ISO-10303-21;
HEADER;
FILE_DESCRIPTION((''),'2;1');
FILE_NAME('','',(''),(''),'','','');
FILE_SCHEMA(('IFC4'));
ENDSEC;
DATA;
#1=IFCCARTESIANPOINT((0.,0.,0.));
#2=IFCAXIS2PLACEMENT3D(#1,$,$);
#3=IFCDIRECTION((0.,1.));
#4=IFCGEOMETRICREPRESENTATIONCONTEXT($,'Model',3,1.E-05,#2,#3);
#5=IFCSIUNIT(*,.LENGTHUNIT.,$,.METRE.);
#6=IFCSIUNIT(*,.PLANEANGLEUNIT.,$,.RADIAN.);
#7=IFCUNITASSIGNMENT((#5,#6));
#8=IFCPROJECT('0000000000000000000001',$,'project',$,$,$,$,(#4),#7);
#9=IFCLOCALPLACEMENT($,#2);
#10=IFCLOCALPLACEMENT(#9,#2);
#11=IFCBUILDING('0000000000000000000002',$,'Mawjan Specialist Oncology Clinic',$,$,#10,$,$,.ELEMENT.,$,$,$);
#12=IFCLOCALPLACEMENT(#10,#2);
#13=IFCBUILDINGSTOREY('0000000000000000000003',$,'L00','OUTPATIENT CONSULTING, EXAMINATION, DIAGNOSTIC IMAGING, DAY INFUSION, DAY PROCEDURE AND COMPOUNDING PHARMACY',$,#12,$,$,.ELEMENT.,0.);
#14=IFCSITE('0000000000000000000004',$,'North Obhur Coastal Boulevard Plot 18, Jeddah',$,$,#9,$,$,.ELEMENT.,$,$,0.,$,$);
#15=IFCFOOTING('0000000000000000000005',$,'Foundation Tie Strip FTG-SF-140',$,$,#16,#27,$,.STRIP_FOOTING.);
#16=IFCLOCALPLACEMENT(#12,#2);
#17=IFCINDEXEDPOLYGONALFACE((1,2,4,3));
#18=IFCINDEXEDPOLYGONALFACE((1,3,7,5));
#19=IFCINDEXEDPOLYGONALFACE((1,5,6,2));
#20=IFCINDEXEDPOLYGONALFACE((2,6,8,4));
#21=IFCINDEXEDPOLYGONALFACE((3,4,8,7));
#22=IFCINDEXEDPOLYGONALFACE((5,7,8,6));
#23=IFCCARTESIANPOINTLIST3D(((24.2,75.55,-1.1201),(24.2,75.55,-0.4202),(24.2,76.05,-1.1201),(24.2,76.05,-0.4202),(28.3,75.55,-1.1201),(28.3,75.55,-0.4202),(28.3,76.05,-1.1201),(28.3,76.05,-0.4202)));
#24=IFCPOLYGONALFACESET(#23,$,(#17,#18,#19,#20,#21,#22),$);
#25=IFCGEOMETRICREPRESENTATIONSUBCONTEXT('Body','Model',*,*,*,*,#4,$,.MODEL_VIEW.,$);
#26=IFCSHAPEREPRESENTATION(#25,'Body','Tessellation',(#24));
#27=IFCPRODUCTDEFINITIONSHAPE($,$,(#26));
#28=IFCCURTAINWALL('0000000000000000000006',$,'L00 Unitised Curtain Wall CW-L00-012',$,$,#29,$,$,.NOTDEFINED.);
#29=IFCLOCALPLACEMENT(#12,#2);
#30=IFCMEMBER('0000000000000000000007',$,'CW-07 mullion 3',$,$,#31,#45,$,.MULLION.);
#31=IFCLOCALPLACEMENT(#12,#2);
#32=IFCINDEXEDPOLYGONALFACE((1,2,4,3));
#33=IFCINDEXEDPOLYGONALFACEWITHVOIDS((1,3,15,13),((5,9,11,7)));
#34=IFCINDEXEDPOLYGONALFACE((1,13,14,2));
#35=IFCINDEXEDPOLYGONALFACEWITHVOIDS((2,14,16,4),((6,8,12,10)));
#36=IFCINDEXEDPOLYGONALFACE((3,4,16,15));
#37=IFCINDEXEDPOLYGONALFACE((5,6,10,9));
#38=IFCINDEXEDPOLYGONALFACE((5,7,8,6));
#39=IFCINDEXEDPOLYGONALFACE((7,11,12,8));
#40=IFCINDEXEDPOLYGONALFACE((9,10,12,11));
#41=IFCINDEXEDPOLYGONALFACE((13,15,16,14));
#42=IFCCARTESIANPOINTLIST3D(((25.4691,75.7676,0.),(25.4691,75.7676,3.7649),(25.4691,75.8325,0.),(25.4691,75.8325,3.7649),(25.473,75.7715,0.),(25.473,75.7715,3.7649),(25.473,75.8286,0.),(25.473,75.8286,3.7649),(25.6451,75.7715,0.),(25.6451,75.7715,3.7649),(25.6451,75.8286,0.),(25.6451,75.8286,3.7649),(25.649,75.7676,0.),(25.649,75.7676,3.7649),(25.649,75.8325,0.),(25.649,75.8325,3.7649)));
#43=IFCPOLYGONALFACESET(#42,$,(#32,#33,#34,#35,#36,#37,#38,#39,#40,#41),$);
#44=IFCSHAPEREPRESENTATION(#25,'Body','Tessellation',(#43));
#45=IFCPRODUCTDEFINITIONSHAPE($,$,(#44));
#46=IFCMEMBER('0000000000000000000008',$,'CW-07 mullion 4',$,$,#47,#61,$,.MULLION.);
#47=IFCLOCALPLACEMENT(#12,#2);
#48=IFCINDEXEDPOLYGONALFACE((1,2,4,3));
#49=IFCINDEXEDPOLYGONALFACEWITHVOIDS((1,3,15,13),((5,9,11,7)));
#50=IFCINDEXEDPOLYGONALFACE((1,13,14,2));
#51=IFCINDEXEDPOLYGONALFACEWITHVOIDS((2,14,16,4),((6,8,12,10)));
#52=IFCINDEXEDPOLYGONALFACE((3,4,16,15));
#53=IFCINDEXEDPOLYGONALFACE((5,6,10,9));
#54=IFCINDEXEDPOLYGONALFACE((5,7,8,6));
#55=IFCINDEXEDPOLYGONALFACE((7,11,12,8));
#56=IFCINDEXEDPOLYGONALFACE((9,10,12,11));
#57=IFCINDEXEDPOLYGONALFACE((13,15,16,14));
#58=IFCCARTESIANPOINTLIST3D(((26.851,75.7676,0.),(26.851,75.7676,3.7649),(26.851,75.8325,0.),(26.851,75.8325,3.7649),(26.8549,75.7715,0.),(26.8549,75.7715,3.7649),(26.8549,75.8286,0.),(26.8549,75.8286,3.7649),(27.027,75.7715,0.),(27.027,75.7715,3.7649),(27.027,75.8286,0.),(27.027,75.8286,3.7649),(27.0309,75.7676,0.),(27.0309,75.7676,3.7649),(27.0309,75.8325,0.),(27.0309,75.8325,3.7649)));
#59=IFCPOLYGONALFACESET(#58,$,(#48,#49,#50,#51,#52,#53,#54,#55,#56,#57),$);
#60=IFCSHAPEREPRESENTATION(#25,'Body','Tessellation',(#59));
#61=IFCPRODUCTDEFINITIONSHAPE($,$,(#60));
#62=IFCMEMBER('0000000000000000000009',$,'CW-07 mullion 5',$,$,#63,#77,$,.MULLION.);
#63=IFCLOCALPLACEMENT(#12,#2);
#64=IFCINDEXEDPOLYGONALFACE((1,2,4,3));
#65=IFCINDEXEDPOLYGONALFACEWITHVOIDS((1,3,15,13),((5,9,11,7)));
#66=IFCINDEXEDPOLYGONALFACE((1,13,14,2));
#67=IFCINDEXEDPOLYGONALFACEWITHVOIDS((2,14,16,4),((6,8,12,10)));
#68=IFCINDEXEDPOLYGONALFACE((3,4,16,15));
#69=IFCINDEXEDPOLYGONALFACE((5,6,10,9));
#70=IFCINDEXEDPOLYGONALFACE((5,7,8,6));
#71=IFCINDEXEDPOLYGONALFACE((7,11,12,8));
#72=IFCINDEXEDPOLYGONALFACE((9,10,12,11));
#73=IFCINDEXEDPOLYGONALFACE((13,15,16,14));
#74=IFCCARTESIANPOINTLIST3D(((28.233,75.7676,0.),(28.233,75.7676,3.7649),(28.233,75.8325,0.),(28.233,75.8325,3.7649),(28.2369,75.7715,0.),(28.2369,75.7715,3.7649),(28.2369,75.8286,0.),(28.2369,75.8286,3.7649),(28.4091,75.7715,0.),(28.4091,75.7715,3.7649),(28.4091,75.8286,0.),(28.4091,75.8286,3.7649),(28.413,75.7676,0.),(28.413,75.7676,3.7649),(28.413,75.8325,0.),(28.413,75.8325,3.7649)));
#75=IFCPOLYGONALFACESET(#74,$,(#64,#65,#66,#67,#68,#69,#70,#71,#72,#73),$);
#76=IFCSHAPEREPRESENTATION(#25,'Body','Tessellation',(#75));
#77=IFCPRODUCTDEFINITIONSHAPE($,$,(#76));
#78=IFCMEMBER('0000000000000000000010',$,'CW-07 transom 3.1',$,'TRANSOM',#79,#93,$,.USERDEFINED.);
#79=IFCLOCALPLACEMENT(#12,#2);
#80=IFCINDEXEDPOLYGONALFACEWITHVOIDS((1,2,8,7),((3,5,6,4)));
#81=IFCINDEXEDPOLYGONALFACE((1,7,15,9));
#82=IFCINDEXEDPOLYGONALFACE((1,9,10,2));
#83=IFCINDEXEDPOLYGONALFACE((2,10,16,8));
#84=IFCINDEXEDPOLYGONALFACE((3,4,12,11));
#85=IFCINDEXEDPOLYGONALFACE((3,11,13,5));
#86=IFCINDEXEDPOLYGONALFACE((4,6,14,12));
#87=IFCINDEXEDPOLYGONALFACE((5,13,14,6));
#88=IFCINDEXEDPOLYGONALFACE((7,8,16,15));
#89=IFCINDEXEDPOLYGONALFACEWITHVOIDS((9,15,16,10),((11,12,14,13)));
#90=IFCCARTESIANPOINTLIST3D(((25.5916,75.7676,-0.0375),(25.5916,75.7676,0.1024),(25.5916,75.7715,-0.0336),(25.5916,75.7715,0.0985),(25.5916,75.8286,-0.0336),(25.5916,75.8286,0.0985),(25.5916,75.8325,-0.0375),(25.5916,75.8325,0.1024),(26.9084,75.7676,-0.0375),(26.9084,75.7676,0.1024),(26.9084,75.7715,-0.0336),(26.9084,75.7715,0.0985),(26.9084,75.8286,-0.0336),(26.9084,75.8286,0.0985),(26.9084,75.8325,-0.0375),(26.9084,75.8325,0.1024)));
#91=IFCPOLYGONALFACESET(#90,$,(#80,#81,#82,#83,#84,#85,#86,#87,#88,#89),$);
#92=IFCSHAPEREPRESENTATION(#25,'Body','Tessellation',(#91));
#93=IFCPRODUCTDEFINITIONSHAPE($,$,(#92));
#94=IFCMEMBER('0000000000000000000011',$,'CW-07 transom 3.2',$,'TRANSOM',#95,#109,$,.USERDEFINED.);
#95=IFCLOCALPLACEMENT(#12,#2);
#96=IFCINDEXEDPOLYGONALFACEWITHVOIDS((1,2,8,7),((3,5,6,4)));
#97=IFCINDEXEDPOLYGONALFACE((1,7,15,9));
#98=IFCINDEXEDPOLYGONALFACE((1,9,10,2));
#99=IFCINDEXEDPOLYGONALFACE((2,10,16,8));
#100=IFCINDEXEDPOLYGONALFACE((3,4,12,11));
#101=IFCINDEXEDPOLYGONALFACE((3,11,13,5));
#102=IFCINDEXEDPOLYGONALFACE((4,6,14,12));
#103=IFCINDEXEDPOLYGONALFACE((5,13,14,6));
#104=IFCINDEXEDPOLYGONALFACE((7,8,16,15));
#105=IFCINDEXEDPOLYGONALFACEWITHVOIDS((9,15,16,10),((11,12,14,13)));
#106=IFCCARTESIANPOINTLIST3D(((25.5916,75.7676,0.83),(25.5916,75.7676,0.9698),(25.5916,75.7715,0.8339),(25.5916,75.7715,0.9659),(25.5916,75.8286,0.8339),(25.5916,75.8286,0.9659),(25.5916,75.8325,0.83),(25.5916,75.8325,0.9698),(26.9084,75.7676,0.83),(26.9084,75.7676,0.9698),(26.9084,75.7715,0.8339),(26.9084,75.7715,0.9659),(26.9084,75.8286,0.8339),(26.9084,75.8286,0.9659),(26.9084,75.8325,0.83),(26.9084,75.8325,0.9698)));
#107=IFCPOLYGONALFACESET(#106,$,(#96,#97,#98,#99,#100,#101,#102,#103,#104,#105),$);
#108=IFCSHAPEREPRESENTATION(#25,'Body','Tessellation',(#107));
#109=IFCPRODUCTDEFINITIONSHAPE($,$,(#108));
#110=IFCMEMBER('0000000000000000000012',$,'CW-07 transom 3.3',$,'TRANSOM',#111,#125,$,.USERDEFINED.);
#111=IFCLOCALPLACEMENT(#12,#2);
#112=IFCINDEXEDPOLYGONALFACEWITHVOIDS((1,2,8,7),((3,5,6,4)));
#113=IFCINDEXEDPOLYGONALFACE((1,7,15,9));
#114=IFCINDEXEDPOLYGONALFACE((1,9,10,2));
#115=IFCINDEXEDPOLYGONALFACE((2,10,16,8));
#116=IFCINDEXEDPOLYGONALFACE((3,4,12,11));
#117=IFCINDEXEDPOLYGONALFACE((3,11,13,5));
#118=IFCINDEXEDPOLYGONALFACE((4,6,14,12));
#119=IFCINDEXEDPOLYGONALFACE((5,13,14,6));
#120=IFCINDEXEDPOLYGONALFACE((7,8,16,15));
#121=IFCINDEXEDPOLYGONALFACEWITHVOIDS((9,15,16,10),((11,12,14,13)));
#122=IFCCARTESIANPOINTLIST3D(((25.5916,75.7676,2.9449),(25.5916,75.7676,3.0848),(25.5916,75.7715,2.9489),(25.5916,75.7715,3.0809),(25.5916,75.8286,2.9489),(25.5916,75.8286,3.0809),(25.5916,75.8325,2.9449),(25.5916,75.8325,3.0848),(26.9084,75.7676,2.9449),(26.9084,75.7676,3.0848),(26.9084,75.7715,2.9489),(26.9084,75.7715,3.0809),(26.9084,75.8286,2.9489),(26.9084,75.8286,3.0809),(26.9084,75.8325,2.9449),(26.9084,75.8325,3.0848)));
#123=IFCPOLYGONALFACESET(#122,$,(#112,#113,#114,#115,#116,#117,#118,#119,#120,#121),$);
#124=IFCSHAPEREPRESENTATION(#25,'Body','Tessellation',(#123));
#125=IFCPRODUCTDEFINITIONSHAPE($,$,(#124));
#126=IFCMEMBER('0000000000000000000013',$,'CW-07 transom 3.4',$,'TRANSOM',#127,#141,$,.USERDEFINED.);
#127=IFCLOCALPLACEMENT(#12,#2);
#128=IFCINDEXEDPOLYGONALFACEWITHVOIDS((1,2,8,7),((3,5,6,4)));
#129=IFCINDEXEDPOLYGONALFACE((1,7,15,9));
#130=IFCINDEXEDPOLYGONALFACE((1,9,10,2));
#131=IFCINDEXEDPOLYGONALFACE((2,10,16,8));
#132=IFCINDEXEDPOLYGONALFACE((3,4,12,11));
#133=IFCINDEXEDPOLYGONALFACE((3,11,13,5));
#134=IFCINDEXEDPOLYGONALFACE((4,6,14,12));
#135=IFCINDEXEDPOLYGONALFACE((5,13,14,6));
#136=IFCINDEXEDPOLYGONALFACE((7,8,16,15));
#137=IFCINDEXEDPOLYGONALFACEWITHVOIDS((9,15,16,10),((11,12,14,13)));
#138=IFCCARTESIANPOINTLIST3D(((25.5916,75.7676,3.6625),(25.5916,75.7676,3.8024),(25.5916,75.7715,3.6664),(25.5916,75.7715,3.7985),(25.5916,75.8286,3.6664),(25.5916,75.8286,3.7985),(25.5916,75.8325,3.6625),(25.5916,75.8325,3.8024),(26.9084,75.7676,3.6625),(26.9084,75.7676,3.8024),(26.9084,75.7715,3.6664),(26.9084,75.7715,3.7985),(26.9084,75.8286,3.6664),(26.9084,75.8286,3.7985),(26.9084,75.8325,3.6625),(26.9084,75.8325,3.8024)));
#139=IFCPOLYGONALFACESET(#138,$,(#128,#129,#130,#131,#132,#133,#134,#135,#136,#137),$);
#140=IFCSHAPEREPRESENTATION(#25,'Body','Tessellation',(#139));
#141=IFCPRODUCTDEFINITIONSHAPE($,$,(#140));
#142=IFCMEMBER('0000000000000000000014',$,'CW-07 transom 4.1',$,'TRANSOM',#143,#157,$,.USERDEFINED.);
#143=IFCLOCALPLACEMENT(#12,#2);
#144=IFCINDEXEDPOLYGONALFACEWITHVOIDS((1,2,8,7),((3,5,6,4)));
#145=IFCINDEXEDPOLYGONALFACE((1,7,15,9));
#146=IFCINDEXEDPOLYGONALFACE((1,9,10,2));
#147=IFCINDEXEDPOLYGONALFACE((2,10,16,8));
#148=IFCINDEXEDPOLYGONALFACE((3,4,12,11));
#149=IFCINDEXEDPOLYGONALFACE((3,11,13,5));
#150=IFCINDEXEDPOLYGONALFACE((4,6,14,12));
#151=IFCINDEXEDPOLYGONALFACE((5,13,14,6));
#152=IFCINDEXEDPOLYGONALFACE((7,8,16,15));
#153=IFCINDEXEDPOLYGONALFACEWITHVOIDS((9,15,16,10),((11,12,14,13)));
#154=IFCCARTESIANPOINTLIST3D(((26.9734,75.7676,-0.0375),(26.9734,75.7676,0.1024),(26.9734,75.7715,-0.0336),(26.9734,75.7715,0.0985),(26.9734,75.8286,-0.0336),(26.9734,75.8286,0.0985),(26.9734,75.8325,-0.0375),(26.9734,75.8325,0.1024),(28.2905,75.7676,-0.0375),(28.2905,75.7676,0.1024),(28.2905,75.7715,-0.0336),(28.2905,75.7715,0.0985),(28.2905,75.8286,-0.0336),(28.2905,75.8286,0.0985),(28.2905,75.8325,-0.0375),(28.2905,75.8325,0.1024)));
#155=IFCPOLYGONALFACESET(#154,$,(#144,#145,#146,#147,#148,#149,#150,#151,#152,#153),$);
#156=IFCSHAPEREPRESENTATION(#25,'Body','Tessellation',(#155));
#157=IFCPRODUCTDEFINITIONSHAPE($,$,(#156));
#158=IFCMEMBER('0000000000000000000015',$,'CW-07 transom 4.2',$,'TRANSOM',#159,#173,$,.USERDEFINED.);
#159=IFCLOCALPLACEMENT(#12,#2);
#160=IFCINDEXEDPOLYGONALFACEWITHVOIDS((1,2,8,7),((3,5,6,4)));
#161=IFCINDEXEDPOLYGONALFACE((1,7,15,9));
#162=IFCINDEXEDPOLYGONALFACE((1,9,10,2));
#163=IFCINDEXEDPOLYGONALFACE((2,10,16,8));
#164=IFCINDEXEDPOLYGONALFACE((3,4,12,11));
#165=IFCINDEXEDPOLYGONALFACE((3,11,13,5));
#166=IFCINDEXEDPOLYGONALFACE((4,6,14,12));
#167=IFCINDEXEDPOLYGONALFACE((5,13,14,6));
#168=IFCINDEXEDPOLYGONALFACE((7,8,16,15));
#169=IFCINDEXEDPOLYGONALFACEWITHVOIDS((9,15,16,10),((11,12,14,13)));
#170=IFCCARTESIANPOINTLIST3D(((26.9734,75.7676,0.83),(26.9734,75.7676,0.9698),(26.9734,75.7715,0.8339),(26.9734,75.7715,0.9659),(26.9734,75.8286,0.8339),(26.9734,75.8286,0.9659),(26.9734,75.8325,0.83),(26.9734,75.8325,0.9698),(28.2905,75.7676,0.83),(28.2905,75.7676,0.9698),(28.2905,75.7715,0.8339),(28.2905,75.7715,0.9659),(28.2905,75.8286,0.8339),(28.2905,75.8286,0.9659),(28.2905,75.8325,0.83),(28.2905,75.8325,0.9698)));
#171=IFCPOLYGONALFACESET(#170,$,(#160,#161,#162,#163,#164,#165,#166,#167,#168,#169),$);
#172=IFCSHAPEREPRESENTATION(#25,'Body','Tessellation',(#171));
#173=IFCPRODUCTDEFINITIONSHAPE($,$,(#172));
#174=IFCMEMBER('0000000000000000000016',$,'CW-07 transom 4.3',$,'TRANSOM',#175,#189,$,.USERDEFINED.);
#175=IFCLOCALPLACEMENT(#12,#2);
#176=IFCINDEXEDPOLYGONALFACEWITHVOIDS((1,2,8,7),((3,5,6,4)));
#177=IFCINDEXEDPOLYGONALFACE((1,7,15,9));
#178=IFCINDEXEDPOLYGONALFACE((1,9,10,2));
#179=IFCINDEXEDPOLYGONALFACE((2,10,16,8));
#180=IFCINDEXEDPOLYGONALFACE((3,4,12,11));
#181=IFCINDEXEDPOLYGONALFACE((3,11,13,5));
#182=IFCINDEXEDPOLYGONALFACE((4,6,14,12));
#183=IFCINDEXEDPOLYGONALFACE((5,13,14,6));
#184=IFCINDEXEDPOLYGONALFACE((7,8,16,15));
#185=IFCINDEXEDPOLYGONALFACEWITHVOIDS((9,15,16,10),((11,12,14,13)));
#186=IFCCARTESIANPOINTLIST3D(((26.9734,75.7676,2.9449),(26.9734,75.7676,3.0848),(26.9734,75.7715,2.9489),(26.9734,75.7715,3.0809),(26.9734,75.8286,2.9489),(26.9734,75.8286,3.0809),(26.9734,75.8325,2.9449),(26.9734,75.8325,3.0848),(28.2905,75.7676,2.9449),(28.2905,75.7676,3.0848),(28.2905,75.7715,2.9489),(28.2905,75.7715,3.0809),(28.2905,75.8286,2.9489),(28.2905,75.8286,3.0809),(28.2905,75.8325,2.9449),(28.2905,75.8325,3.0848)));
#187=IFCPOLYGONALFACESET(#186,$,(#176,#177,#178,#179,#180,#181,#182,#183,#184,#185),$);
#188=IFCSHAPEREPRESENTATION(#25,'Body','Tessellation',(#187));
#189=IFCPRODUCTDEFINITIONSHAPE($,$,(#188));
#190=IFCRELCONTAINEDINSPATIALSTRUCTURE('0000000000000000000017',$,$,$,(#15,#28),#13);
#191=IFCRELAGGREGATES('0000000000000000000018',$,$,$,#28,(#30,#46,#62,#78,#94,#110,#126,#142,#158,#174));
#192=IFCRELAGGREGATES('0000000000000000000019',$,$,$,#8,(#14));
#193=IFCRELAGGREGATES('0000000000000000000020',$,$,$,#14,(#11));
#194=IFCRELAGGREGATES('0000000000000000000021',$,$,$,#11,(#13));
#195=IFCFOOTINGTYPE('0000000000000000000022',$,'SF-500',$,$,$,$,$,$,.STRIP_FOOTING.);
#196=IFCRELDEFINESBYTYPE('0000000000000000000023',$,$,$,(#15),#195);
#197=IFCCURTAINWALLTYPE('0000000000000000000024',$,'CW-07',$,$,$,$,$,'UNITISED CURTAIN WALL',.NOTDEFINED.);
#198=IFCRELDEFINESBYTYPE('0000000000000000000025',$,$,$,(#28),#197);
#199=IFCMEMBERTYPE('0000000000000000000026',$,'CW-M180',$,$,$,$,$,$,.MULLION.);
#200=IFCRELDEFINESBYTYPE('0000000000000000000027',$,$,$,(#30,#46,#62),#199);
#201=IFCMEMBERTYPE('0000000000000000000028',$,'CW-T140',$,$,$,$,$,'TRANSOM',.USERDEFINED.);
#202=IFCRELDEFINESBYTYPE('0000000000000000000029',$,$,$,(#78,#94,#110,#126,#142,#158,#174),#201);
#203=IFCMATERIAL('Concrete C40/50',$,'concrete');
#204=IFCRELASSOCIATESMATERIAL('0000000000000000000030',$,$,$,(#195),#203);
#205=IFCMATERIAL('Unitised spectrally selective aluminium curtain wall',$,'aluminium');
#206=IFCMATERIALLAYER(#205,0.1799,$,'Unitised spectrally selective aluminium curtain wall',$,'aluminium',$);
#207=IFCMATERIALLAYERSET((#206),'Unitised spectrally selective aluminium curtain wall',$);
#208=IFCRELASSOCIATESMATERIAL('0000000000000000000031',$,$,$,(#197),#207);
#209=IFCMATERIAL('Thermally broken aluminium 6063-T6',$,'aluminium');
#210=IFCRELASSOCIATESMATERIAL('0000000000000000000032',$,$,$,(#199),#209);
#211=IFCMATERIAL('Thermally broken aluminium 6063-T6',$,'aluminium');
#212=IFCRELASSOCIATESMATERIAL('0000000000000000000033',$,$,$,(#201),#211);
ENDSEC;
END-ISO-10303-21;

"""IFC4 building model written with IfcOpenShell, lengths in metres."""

from ifc_helpers import new_model, si_unit, direction, frame, origin, origin_2d, place, context, subcontext, project, spatial, rectangle, hollow_rectangle, extrude, material, layer, layer_set, material_profile, profile_set, type_object, element, aggregate, save


model = new_model("IFC4")

# Units and contexts
model_context = context("Model", 3, precision=1e-05, world=origin(), true_north=direction((0.0, 1.0)))
body_context = subcontext(model_context, "Body", "Model", "MODEL_VIEW")
ifc_project = project(units=[si_unit("LENGTHUNIT", "METRE"), si_unit("PLANEANGLEUNIT", "RADIAN")], contexts=[model_context])

# Site, building, storey
site_placement = place(None, origin())
site = spatial("IfcSite", under=ifc_project, at=site_placement, Name="North Obhur Coastal Boulevard Plot 18, Jeddah", CompositionType="ELEMENT", RefElevation=0.0)
building_placement = place(site_placement, origin())
building = spatial("IfcBuilding", under=site, at=building_placement, Name="Mawjan Specialist Oncology Clinic", CompositionType="ELEMENT")
storey_placement = place(building_placement, origin())
storey = spatial("IfcBuildingStorey", under=building, at=storey_placement, Name="L00", Description="OUTPATIENT CONSULTING, EXAMINATION, DIAGNOSTIC IMAGING, DAY INFUSION, DAY PROCEDURE AND COMPOUNDING PHARMACY", CompositionType="ELEMENT", Elevation=0.0)

# Footing
ifc_material_1 = material(Name="Concrete C40/50", Category="concrete")
footing_type = type_object("IfcFootingType", Name="SF-500", PredefinedType="STRIP_FOOTING", material=ifc_material_1)
footing_placement = place(storey_placement, frame((26.25, 75.8, -1.1201), z_axis=(0.0, 0.0, 1.0), x_axis=(1.0, 0.0, 0.0)))
element("IfcFooting", 1, at=footing_placement, inside=storey, type_object=footing_type, Name="Foundation Tie Strip FTG-SF-140", PredefinedType="STRIP_FOOTING", context=body_context, shape_type="SweptSolid", body=[
    extrude(rectangle(XDim=4.1001, YDim=0.5, at=origin_2d()), origin(), (0.0, 0.0, 1.0), 0.7),
])

# Curtain wall, members
ifc_material_2 = material(Name="Unitised spectrally selective aluminium curtain wall", Category="aluminium")
ifc_layer_1 = layer(ifc_material_2, 0.1799, Name="Unitised spectrally selective aluminium curtain wall", Category="aluminium")
ifc_layer_set_1 = layer_set([ifc_layer_1], Name="Unitised spectrally selective aluminium curtain wall")
curtain_wall_type = type_object("IfcCurtainWallType", Name="CW-07", ElementType="UNITISED CURTAIN WALL", PredefinedType="NOTDEFINED", material=ifc_layer_set_1)
curtain_wall_placement = place(storey_placement, origin())
curtain_wall = element("IfcCurtainWall", 2, at=curtain_wall_placement, inside=storey, type_object=curtain_wall_type, Name="L00 Unitised Curtain Wall CW-L00-012", PredefinedType="NOTDEFINED")
ifc_material_3 = material(Name="Thermally broken aluminium 6063-T6", Category="aluminium")
ifc_material_profile_1 = material_profile(ifc_material_3, hollow_rectangle(XDim=0.0649, YDim=0.1799, WallThickness=0.0039, at=origin_2d()), Name="ALU MULLION 180x65x4", Category="aluminium")
ifc_profile_set_1 = profile_set([ifc_material_profile_1], Name="Thermally broken aluminium 6063-T6")
member_type_1 = type_object("IfcMemberType", Name="CW-M180", PredefinedType="MULLION", material=ifc_profile_set_1)
member_1_placement = place(storey_placement, frame((25.5591, 75.8, 0.0), z_axis=(0.0, 0.0, 1.0), x_axis=(0.0, 1.0, 0.0)))
member_1 = element("IfcMember", 3, at=member_1_placement, type_object=member_type_1, Name="CW-07 mullion 3", PredefinedType="MULLION", context=body_context, shape_type="SweptSolid", body=[
    extrude(hollow_rectangle(XDim=0.0649, YDim=0.1799, WallThickness=0.0039, at=origin_2d()), origin(), (0.0, 0.0, 1.0), 3.7649),
])
member_2_placement = place(storey_placement, frame((26.9409, 75.8, 0.0), z_axis=(0.0, 0.0, 1.0), x_axis=(0.0, 1.0, 0.0)))
member_2 = element("IfcMember", 4, at=member_2_placement, type_object=member_type_1, Name="CW-07 mullion 4", PredefinedType="MULLION", context=body_context, shape_type="SweptSolid", body=[
    extrude(hollow_rectangle(XDim=0.0649, YDim=0.1799, WallThickness=0.0039, at=origin_2d()), origin(), (0.0, 0.0, 1.0), 3.7649),
])
member_3_placement = place(storey_placement, frame((28.323, 75.8, 0.0), z_axis=(0.0, 0.0, 1.0), x_axis=(0.0, 1.0, 0.0)))
member_3 = element("IfcMember", 5, at=member_3_placement, type_object=member_type_1, Name="CW-07 mullion 5", PredefinedType="MULLION", context=body_context, shape_type="SweptSolid", body=[
    extrude(hollow_rectangle(XDim=0.0649, YDim=0.1799, WallThickness=0.0039, at=origin_2d()), origin(), (0.0, 0.0, 1.0), 3.7649),
])
ifc_material_4 = material(Name="Thermally broken aluminium 6063-T6", Category="aluminium")
ifc_material_profile_2 = material_profile(ifc_material_4, hollow_rectangle(XDim=0.0649, YDim=0.1399, WallThickness=0.0039, at=origin_2d()), Name="ALU TRANSOM 140x65x4", Category="aluminium")
ifc_profile_set_2 = profile_set([ifc_material_profile_2], Name="Thermally broken aluminium 6063-T6")
member_type_2 = type_object("IfcMemberType", Name="CW-T140", ElementType="TRANSOM", PredefinedType="USERDEFINED", material=ifc_profile_set_2)
member_4_placement = place(storey_placement, frame((25.5916, 75.8, 0.0325), z_axis=(1.0, 0.0, 0.0), x_axis=(0.0, 1.0, 0.0)))
member_4 = element("IfcMember", 6, at=member_4_placement, type_object=member_type_2, Name="CW-07 transom 3.1", ObjectType="TRANSOM", PredefinedType="USERDEFINED", context=body_context, shape_type="SweptSolid", body=[
    extrude(hollow_rectangle(XDim=0.0649, YDim=0.1399, WallThickness=0.0039, at=origin_2d()), origin(), (0.0, 0.0, 1.0), 1.3169),
])
member_5_placement = place(storey_placement, frame((25.5916, 75.8, 0.8999), z_axis=(1.0, 0.0, 0.0), x_axis=(0.0, 1.0, 0.0)))
member_5 = element("IfcMember", 7, at=member_5_placement, type_object=member_type_2, Name="CW-07 transom 3.2", ObjectType="TRANSOM", PredefinedType="USERDEFINED", context=body_context, shape_type="SweptSolid", body=[
    extrude(hollow_rectangle(XDim=0.0649, YDim=0.1399, WallThickness=0.0039, at=origin_2d()), origin(), (0.0, 0.0, 1.0), 1.3169),
])
member_6_placement = place(storey_placement, frame((25.5916, 75.8, 3.0149), z_axis=(1.0, 0.0, 0.0), x_axis=(0.0, 1.0, 0.0)))
member_6 = element("IfcMember", 8, at=member_6_placement, type_object=member_type_2, Name="CW-07 transom 3.3", ObjectType="TRANSOM", PredefinedType="USERDEFINED", context=body_context, shape_type="SweptSolid", body=[
    extrude(hollow_rectangle(XDim=0.0649, YDim=0.1399, WallThickness=0.0039, at=origin_2d()), origin(), (0.0, 0.0, 1.0), 1.3169),
])
member_7_placement = place(storey_placement, frame((25.5916, 75.8, 3.7324), z_axis=(1.0, 0.0, 0.0), x_axis=(0.0, 1.0, 0.0)))
member_7 = element("IfcMember", 9, at=member_7_placement, type_object=member_type_2, Name="CW-07 transom 3.4", ObjectType="TRANSOM", PredefinedType="USERDEFINED", context=body_context, shape_type="SweptSolid", body=[
    extrude(hollow_rectangle(XDim=0.0649, YDim=0.1399, WallThickness=0.0039, at=origin_2d()), origin(), (0.0, 0.0, 1.0), 1.3169),
])
member_8_placement = place(storey_placement, frame((26.9734, 75.8, 0.0325), z_axis=(1.0, 0.0, 0.0), x_axis=(0.0, 1.0, 0.0)))
member_8 = element("IfcMember", 10, at=member_8_placement, type_object=member_type_2, Name="CW-07 transom 4.1", ObjectType="TRANSOM", PredefinedType="USERDEFINED", context=body_context, shape_type="SweptSolid", body=[
    extrude(hollow_rectangle(XDim=0.0649, YDim=0.1399, WallThickness=0.0039, at=origin_2d()), origin(), (0.0, 0.0, 1.0), 1.3171),
])
member_9_placement = place(storey_placement, frame((26.9734, 75.8, 0.8999), z_axis=(1.0, 0.0, 0.0), x_axis=(0.0, 1.0, 0.0)))
member_9 = element("IfcMember", 11, at=member_9_placement, type_object=member_type_2, Name="CW-07 transom 4.2", ObjectType="TRANSOM", PredefinedType="USERDEFINED", context=body_context, shape_type="SweptSolid", body=[
    extrude(hollow_rectangle(XDim=0.0649, YDim=0.1399, WallThickness=0.0039, at=origin_2d()), origin(), (0.0, 0.0, 1.0), 1.3171),
])
member_10_placement = place(storey_placement, frame((26.9734, 75.8, 3.0149), z_axis=(1.0, 0.0, 0.0), x_axis=(0.0, 1.0, 0.0)))
member_10 = element("IfcMember", 12, at=member_10_placement, type_object=member_type_2, Name="CW-07 transom 4.3", ObjectType="TRANSOM", PredefinedType="USERDEFINED", context=body_context, shape_type="SweptSolid", body=[
    extrude(hollow_rectangle(XDim=0.0649, YDim=0.1399, WallThickness=0.0039, at=origin_2d()), origin(), (0.0, 0.0, 1.0), 1.3171),
])
aggregate(curtain_wall, [member_1, member_2, member_3, member_4, member_5, member_6, member_7, member_8, member_9, member_10])

save(model, "model.ifc")
